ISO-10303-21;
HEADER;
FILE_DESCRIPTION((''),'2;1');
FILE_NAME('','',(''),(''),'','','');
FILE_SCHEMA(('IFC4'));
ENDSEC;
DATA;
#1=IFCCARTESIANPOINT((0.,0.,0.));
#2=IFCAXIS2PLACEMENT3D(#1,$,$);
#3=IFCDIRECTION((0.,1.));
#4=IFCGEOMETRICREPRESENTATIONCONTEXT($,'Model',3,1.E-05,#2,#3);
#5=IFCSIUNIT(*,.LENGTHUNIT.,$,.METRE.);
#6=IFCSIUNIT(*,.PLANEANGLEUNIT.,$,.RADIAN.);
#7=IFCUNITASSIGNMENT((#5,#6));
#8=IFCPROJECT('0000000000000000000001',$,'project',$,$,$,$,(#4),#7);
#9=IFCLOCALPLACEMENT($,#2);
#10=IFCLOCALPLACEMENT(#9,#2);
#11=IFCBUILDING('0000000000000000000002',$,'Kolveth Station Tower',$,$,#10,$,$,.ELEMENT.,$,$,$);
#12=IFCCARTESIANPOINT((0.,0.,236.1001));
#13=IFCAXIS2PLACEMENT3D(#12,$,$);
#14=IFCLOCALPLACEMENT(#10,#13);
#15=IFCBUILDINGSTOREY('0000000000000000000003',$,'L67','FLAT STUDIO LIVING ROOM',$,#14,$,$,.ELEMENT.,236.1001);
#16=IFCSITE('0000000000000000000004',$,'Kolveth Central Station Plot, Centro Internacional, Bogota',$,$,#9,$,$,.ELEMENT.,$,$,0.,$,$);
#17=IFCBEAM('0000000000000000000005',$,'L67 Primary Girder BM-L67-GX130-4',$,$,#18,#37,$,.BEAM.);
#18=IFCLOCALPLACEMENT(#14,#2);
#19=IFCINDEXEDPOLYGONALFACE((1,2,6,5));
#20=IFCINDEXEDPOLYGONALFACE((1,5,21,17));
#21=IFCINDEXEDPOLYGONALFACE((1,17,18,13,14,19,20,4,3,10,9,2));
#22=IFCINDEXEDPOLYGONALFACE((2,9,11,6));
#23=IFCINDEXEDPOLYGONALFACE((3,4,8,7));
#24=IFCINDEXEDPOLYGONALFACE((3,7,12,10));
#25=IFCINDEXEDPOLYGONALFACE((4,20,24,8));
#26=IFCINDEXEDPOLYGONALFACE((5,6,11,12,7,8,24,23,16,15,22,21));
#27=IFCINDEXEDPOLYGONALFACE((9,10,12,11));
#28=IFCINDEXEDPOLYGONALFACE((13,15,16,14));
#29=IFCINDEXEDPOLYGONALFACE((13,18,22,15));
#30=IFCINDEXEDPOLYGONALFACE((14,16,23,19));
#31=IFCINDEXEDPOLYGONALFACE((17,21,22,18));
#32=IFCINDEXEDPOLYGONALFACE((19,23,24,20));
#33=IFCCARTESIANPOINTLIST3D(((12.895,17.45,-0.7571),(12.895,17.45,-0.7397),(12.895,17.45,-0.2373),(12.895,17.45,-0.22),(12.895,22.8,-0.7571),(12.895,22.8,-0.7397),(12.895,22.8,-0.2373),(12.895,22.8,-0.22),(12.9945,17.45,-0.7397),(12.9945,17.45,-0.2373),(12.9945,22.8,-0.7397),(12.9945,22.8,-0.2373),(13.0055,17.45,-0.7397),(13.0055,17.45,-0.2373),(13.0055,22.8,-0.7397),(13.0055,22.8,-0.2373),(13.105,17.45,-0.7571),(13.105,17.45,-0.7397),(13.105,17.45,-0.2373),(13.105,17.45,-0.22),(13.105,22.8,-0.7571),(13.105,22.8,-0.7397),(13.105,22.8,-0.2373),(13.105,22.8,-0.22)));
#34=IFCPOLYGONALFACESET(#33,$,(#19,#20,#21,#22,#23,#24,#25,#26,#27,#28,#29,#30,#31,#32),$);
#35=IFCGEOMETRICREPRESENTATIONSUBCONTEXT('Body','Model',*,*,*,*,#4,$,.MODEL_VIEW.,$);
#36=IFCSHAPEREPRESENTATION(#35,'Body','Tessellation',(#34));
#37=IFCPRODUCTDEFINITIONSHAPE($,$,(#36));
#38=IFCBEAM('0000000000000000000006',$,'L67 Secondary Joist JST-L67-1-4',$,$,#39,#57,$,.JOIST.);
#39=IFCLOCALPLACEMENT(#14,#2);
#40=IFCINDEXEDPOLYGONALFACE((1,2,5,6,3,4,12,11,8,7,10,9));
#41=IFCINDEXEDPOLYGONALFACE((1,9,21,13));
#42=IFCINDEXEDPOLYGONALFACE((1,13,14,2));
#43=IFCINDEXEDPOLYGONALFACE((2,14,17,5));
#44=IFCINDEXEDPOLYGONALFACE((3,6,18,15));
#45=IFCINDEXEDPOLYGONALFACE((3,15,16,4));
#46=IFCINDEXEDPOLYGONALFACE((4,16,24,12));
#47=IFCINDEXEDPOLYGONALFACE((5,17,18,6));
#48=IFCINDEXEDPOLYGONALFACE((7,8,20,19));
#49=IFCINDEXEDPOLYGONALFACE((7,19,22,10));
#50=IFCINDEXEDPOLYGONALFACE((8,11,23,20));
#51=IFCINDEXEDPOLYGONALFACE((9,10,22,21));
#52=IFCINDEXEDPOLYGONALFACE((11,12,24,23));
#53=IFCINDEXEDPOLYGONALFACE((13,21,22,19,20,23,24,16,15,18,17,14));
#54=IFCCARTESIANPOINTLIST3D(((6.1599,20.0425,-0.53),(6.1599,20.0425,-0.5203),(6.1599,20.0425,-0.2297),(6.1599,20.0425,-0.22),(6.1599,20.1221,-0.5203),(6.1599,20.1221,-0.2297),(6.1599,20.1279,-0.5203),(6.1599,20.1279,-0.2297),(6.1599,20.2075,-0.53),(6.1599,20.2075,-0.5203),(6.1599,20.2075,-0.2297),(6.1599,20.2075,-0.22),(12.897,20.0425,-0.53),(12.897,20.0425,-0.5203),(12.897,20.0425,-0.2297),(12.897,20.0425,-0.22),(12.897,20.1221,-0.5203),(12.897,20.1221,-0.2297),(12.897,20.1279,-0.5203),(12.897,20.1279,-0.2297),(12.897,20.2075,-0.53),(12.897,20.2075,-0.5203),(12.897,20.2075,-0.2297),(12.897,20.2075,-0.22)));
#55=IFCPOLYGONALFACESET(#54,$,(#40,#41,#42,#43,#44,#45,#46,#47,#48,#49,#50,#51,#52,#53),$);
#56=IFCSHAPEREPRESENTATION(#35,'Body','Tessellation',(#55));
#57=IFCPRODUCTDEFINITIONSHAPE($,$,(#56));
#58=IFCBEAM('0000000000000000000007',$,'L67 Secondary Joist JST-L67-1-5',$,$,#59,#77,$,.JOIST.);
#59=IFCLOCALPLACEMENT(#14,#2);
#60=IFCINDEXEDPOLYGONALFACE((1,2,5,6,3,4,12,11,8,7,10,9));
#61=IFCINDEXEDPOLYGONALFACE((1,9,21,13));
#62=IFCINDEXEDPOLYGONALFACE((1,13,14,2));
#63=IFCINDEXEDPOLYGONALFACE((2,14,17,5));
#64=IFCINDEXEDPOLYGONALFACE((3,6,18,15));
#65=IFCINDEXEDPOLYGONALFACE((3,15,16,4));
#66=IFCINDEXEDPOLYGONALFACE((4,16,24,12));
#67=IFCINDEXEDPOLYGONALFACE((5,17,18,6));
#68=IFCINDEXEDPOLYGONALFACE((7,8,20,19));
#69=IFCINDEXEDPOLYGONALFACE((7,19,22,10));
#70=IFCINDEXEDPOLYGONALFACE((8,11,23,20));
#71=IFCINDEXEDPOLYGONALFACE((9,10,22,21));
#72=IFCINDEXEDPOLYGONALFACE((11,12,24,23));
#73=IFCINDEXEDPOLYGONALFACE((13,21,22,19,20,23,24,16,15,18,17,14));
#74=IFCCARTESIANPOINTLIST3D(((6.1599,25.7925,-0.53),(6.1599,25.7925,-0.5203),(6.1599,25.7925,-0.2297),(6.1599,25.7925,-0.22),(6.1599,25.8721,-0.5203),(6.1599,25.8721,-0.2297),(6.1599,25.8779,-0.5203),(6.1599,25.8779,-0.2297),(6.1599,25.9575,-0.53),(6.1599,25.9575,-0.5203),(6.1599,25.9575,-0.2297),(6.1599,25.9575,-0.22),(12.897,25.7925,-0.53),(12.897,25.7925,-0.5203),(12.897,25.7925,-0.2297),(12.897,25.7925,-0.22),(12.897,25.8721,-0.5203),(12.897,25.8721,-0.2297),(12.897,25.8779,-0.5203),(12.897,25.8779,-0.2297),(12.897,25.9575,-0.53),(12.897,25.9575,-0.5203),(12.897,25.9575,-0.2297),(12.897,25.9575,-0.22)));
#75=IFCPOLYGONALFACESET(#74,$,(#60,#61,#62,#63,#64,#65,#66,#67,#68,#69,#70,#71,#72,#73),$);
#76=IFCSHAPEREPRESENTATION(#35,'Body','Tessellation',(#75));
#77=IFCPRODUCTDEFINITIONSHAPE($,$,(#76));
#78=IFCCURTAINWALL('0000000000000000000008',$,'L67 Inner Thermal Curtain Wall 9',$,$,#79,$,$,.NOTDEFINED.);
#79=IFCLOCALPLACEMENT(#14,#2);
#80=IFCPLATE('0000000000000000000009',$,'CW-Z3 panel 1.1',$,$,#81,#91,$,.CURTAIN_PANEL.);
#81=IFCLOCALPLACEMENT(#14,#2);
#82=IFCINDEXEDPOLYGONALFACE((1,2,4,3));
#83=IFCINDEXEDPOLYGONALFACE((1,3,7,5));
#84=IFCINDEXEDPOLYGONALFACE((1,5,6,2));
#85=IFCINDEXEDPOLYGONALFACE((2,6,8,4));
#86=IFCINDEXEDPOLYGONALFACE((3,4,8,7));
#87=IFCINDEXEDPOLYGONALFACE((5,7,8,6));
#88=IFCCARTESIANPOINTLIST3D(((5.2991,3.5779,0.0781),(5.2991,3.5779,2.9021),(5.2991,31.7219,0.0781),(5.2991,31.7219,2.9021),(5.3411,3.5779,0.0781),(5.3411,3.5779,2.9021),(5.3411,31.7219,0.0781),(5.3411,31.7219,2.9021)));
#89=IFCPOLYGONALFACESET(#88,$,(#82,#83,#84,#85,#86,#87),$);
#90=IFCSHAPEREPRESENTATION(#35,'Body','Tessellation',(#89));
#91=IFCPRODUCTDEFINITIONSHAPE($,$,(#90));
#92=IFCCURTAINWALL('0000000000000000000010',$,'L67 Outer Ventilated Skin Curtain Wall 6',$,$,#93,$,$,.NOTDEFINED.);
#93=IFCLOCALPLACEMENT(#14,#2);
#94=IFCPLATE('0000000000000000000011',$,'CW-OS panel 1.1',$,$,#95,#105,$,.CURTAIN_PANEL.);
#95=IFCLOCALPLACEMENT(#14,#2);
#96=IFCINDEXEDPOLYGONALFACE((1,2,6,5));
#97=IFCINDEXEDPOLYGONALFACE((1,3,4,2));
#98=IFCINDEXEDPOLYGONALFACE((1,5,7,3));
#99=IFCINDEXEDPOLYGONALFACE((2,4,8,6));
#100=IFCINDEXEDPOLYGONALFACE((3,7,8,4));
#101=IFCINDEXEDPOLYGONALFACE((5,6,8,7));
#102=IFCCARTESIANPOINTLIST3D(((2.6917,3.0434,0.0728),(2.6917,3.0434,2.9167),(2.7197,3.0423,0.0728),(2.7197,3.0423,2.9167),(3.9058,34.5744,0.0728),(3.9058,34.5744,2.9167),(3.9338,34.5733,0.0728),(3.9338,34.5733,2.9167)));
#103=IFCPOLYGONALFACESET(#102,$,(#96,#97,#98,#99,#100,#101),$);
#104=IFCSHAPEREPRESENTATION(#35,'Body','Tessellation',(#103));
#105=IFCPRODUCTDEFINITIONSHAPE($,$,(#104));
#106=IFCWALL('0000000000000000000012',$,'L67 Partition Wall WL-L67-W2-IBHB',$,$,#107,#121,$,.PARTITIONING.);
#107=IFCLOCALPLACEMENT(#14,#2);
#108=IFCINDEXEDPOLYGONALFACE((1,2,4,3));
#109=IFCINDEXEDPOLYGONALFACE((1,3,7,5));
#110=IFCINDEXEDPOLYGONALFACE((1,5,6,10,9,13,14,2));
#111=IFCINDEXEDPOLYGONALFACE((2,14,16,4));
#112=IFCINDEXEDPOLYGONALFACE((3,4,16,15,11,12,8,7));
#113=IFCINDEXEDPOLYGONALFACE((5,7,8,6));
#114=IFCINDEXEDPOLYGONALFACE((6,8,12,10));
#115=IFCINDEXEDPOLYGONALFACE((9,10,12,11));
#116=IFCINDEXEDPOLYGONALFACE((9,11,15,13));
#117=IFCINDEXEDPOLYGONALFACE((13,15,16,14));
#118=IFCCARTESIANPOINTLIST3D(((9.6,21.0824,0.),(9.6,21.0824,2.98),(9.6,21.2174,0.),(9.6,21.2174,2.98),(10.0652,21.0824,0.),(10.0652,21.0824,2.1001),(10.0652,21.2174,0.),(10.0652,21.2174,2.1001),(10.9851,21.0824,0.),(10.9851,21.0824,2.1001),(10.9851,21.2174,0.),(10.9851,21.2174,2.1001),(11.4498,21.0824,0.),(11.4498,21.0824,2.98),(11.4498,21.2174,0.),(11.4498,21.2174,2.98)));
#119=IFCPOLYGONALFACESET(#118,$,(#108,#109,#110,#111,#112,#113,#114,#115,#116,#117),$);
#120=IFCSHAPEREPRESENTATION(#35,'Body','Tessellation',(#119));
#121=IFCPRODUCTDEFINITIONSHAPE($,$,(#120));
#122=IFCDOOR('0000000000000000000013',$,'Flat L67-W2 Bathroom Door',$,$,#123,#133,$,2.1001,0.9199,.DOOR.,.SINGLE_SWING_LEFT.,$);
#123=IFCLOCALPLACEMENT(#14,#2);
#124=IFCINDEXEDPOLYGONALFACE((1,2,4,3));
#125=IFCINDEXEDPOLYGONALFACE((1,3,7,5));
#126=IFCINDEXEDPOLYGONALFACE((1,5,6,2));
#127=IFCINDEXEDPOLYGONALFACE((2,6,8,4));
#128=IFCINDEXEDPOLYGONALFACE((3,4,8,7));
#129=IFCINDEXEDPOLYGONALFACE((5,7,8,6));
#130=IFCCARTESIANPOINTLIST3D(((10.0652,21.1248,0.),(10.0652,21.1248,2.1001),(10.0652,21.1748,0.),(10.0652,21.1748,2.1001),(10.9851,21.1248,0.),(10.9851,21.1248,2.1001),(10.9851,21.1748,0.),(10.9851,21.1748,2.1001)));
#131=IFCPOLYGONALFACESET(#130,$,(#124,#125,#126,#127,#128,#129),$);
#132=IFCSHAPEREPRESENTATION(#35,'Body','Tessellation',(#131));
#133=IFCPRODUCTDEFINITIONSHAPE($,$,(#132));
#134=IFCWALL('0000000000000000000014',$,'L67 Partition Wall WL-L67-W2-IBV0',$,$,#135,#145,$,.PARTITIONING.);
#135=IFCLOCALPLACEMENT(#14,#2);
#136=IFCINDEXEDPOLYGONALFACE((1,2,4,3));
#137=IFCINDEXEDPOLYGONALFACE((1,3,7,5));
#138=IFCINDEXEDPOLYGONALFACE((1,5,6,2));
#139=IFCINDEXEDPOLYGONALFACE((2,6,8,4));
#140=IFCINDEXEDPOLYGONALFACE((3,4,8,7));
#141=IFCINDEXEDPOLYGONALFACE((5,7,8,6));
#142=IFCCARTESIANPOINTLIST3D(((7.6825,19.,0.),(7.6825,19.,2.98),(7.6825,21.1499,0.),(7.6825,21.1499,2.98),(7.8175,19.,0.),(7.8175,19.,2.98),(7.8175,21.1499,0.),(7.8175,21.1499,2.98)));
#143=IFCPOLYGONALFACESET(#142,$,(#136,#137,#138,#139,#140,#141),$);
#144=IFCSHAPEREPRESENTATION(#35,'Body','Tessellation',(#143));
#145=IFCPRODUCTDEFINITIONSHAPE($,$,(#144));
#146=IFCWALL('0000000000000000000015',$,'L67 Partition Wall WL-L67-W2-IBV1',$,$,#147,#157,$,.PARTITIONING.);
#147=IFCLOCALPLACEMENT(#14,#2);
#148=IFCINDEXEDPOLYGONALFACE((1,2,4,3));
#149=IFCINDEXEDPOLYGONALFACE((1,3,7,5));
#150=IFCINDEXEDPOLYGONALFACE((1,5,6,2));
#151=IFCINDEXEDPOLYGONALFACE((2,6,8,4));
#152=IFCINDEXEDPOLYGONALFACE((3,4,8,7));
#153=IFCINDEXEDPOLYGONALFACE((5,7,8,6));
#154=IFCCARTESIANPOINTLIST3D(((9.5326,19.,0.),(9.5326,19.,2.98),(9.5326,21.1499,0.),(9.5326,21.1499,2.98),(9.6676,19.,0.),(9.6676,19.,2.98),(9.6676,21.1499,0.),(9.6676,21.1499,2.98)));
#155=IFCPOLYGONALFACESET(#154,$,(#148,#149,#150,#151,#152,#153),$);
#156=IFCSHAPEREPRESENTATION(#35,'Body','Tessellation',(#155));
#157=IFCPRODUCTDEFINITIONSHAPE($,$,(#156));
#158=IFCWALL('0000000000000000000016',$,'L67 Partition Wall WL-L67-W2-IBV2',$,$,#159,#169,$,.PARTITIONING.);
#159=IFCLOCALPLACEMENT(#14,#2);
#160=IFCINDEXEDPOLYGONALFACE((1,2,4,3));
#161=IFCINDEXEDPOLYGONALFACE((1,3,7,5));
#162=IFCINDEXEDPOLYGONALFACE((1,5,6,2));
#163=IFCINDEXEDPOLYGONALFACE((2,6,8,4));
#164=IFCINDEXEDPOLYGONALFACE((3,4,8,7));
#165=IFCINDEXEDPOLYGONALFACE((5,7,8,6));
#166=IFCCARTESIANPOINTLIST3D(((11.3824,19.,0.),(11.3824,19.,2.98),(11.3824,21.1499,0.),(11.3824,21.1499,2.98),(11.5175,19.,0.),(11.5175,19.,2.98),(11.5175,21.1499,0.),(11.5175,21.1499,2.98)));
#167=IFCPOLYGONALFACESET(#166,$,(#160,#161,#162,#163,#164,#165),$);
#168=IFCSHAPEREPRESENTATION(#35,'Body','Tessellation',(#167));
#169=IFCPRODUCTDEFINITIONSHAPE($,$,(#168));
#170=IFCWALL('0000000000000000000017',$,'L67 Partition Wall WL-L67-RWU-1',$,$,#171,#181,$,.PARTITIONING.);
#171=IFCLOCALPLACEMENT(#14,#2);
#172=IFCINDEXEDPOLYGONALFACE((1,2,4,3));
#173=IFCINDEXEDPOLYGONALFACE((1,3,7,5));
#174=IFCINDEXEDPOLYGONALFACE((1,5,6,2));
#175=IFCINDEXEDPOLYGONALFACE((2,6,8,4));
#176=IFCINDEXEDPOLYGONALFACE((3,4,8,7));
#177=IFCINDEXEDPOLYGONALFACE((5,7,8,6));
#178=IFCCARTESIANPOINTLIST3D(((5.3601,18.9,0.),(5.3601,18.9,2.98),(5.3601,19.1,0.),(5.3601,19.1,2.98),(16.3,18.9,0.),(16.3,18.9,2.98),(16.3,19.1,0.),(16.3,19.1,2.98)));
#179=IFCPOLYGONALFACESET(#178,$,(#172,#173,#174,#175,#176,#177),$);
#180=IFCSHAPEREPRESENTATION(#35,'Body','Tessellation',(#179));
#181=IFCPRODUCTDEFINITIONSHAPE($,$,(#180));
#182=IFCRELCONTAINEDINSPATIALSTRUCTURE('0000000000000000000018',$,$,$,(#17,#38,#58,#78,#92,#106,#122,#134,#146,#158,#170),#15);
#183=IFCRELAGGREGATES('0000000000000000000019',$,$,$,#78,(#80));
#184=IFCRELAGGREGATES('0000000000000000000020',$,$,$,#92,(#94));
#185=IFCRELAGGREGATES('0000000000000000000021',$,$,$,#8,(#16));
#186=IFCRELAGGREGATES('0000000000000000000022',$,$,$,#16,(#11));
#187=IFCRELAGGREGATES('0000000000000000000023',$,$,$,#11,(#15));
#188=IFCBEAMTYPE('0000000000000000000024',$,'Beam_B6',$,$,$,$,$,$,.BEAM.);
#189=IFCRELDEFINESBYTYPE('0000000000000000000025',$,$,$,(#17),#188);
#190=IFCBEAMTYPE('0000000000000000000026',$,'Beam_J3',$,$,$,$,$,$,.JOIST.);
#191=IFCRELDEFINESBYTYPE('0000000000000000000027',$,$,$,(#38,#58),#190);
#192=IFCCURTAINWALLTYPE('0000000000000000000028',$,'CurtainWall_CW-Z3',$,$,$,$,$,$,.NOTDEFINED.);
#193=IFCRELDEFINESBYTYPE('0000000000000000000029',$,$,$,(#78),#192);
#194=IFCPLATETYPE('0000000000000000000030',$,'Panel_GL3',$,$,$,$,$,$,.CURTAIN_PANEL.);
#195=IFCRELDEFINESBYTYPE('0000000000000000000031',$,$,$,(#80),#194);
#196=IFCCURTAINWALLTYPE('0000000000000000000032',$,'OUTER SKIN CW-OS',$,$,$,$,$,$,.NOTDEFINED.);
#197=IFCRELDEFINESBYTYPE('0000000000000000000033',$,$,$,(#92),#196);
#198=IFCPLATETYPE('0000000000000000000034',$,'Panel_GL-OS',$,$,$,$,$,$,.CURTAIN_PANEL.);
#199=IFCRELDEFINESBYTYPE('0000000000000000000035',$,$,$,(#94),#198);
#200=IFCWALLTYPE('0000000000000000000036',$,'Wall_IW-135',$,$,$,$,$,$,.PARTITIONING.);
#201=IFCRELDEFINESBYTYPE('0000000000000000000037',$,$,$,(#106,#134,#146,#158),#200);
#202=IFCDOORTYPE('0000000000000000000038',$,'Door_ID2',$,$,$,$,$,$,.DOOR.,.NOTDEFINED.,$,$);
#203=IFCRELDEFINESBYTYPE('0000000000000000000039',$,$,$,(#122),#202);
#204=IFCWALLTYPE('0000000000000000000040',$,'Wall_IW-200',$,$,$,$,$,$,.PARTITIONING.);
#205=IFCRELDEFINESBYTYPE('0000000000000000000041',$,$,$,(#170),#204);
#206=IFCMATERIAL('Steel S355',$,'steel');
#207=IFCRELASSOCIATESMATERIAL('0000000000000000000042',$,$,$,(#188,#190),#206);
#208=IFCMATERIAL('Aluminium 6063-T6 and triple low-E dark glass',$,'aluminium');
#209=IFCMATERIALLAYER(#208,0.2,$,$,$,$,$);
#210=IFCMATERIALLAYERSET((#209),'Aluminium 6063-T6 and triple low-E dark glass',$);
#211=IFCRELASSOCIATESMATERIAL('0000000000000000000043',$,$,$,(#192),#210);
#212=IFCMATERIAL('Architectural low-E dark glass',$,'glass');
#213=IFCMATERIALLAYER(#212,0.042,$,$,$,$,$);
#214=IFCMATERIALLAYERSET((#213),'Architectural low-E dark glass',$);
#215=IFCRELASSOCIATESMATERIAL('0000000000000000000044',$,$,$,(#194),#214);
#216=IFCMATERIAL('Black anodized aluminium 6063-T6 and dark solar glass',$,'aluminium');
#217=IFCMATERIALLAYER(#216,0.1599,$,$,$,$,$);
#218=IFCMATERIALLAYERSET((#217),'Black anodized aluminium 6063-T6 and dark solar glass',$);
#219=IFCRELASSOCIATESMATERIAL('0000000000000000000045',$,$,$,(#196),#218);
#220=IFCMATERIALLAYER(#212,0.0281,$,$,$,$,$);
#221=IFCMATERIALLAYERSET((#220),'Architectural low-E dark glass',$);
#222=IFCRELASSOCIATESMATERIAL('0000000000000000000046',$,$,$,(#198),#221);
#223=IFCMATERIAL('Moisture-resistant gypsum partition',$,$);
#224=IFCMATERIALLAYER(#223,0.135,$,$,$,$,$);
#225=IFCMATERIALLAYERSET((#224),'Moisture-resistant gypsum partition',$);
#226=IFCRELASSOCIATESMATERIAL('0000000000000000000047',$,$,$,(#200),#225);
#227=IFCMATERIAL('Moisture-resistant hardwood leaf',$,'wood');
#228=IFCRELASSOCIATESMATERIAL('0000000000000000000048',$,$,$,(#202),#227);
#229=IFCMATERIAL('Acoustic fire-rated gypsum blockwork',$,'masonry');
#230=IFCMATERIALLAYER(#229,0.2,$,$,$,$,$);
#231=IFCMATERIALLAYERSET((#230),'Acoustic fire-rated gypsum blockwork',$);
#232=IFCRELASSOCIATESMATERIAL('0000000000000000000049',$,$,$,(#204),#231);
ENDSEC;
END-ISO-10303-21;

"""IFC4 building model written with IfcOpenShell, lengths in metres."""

from ifc_helpers import new_model, si_unit, direction, frame, frame_2d, origin, origin_2d, place, context, subcontext, project, spatial, rectangle, i_section, extrude, source, transform, mapped, material, layer, layer_set, material_profile, profile_set, type_object, element, fill, aggregate, save


model = new_model("IFC4")

# Units and contexts
model_context = context("Model", 3, precision=1e-05, world=origin(), true_north=direction((0.0, 1.0)))
body_context = subcontext(model_context, "Body", "Model", "MODEL_VIEW")
ifc_project = project(units=[si_unit("LENGTHUNIT", "METRE"), si_unit("PLANEANGLEUNIT", "RADIAN")], contexts=[model_context])

# Site, building, storey
site_placement = place(None, origin())
site = spatial("IfcSite", under=ifc_project, at=site_placement, Name="Kolveth Central Station Plot, Centro Internacional, Bogota", CompositionType="ELEMENT", RefElevation=0.0)
building_placement = place(site_placement, origin())
building = spatial("IfcBuilding", under=site, at=building_placement, Name="Kolveth Station Tower", CompositionType="ELEMENT")
storey_placement = place(building_placement, frame((0.0, 0.0, 236.1001)))
storey = spatial("IfcBuildingStorey", under=building, at=storey_placement, Name="L67", Description="FLAT STUDIO LIVING ROOM", CompositionType="ELEMENT", Elevation=236.1001)

# Shared definitions
ifc_material_1 = material(Name="Steel S355", Category="steel")

# Beams
ifc_material_profile_1 = material_profile(ifc_material_1, i_section(OverallWidth=0.21, OverallDepth=0.5371, WebThickness=0.011, FlangeThickness=0.0173, at=origin_2d()), Name="W530x101")
ifc_profile_set_1 = profile_set([ifc_material_profile_1], Name="Steel S355")
beam_type_1 = type_object("IfcBeamType", Name="Beam_B6", PredefinedType="BEAM", material=ifc_profile_set_1)
shared_shape_1 = source(origin(), body_context, "Body", "SweptSolid", [
    extrude(i_section(OverallWidth=0.21, OverallDepth=0.5371, WebThickness=0.011, FlangeThickness=0.0173, at=origin_2d()), origin(), (0.0, 0.0, 1.0), 5.3501),
])
beam_placement = place(storey_placement, frame((13.0, 17.45, -0.4885), z_axis=(0.0, 1.0, 0.0), x_axis=(-1.0, 0.0, 0.0)))
element("IfcBeam", 1, at=beam_placement, inside=storey, type_object=beam_type_1, Name="L67 Primary Girder BM-L67-GX130-4", PredefinedType="BEAM", context=body_context, shape_type="MappedRepresentation", body=[
    mapped(shared_shape_1, transform((0.0, 0.0, 0.0), x_axis=(1.0, 0.0, 0.0), y_axis=(0.0, 1.0, 0.0), z_axis=(0.0, 0.0, 1.0), scale=1.0)),
])
ifc_material_profile_2 = material_profile(ifc_material_1, i_section(OverallWidth=0.165, OverallDepth=0.3101, WebThickness=0.0059, FlangeThickness=0.0098, at=origin_2d()), Name="W310x39")
ifc_profile_set_2 = profile_set([ifc_material_profile_2], Name="Steel S355")
beam_type_2 = type_object("IfcBeamType", Name="Beam_J3", PredefinedType="JOIST", material=ifc_profile_set_2)
shared_shape_2 = source(origin(), body_context, "Body", "SweptSolid", [
    extrude(i_section(OverallWidth=0.165, OverallDepth=0.3101, WebThickness=0.0059, FlangeThickness=0.0098, at=origin_2d()), origin(), (0.0, 0.0, 1.0), 6.7371),
])
for number, where, z_axis, x_axis, name in (
    (2, (6.1599, 20.125, -0.375), (1.0, 0.0, 0.0), (0.0, 1.0, 0.0), "L67 Secondary Joist JST-L67-1-4"),
    (3, (6.1599, 25.875, -0.375), (1.0, 0.0, 0.0), (0.0, 1.0, 0.0), "L67 Secondary Joist JST-L67-1-5"),
):
    element("IfcBeam", number, at=place(storey_placement, frame(where, z_axis=z_axis, x_axis=x_axis)), inside=storey, type_object=beam_type_2, Name=name, PredefinedType="JOIST", context=body_context, shape_type="MappedRepresentation", body=[
        mapped(shared_shape_2, transform((0.0, 0.0, 0.0), x_axis=(1.0, 0.0, 0.0), y_axis=(0.0, 1.0, 0.0), z_axis=(0.0, 0.0, 1.0), scale=1.0)),
    ])

# Curtain walls, plates
ifc_material_2 = material(Name="Aluminium 6063-T6 and triple low-E dark glass", Category="aluminium")
ifc_layer_1 = layer(ifc_material_2, 0.2)
ifc_layer_set_1 = layer_set([ifc_layer_1], Name="Aluminium 6063-T6 and triple low-E dark glass")
curtain_wall_type_1 = type_object("IfcCurtainWallType", Name="CurtainWall_CW-Z3", PredefinedType="NOTDEFINED", material=ifc_layer_set_1)
curtain_wall_1_placement = place(storey_placement, origin())
curtain_wall_1 = element("IfcCurtainWall", 4, at=curtain_wall_1_placement, inside=storey, type_object=curtain_wall_type_1, Name="L67 Inner Thermal Curtain Wall 9", PredefinedType="NOTDEFINED")
ifc_material_3 = material(Name="Architectural low-E dark glass", Category="glass")
ifc_layer_2 = layer(ifc_material_3, 0.042)
ifc_layer_set_2 = layer_set([ifc_layer_2], Name="Architectural low-E dark glass")
plate_type_1 = type_object("IfcPlateType", Name="Panel_GL3", PredefinedType="CURTAIN_PANEL", material=ifc_layer_set_2)
shared_shape_3 = source(origin(), body_context, "Body", "SweptSolid", [
    extrude(rectangle(XDim=28.144, YDim=0.042, at=origin_2d()), origin(), (0.0, 0.0, 1.0), 2.824),
])
plate_1_placement = place(storey_placement, frame((5.3201, 17.6499, 0.0781), z_axis=(0.0, 0.0, 1.0), x_axis=(0.0, -1.0, 0.0)))
plate_1 = element("IfcPlate", 5, at=plate_1_placement, type_object=plate_type_1, Name="CW-Z3 panel 1.1", PredefinedType="CURTAIN_PANEL", context=body_context, shape_type="MappedRepresentation", body=[
    mapped(shared_shape_3, transform((0.0, 0.0, 0.0), x_axis=(1.0, 0.0, 0.0), y_axis=(0.0, 1.0, 0.0), z_axis=(0.0, 0.0, 1.0), scale=1.0)),
])
aggregate(curtain_wall_1, [plate_1])
ifc_material_4 = material(Name="Black anodized aluminium 6063-T6 and dark solar glass", Category="aluminium")
ifc_layer_3 = layer(ifc_material_4, 0.1599)
ifc_layer_set_3 = layer_set([ifc_layer_3], Name="Black anodized aluminium 6063-T6 and dark solar glass")
curtain_wall_type_2 = type_object("IfcCurtainWallType", Name="OUTER SKIN CW-OS", PredefinedType="NOTDEFINED", material=ifc_layer_set_3)
curtain_wall_2_placement = place(storey_placement, origin())
curtain_wall_2 = element("IfcCurtainWall", 6, at=curtain_wall_2_placement, inside=storey, type_object=curtain_wall_type_2, Name="L67 Outer Ventilated Skin Curtain Wall 6", PredefinedType="NOTDEFINED")
ifc_layer_4 = layer(ifc_material_3, 0.0281)
ifc_layer_set_4 = layer_set([ifc_layer_4], Name="Architectural low-E dark glass")
plate_type_2 = type_object("IfcPlateType", Name="Panel_GL-OS", PredefinedType="CURTAIN_PANEL", material=ifc_layer_set_4)
shared_shape_4 = source(origin(), body_context, "Body", "SweptSolid", [
    extrude(rectangle(XDim=31.5544, YDim=0.0281, at=origin_2d()), origin(), (0.0, 0.0, 1.0), 2.844),
])
plate_2_placement = place(storey_placement, frame((3.3127, 18.8083, 0.0728), z_axis=(0.0, 0.0, 1.0), x_axis=(-0.038477, -0.999259, 0.0)))
plate_2 = element("IfcPlate", 7, at=plate_2_placement, type_object=plate_type_2, Name="CW-OS panel 1.1", PredefinedType="CURTAIN_PANEL", context=body_context, shape_type="MappedRepresentation", body=[
    mapped(shared_shape_4, transform((0.0, 0.0, 0.0), x_axis=(1.0, 0.0, 0.0), y_axis=(0.0, 1.0, 0.0), z_axis=(0.0, 0.0, 1.0), scale=1.0)),
])
aggregate(curtain_wall_2, [plate_2])

# Wall, opening, door
ifc_material_5 = material(Name="Moisture-resistant gypsum partition")
ifc_layer_5 = layer(ifc_material_5, 0.135)
ifc_layer_set_5 = layer_set([ifc_layer_5], Name="Moisture-resistant gypsum partition")
wall_type_1 = type_object("IfcWallType", Name="Wall_IW-135", PredefinedType="PARTITIONING", material=ifc_layer_set_5)
wall_1_placement = place(storey_placement, frame((9.6001, 21.1499, 0.0), z_axis=(0.0, 0.0, 1.0), x_axis=(1.0, 0.0, 0.0)))
wall_1 = element("IfcWall", 8, at=wall_1_placement, inside=storey, type_object=wall_type_1, Name="L67 Partition Wall WL-L67-W2-IBHB", PredefinedType="PARTITIONING", context=body_context, shape_type="SweptSolid", body=[
    extrude(rectangle(XDim=1.8499, YDim=0.135, at=frame_2d((0.9248, 0.0))), origin(), (0.0, 0.0, 1.0), 2.98),
])
opening_1_placement = place(wall_1_placement, frame((0.4651, 0.0, 0.0)))
opening_1 = element("IfcOpeningElement", 9, at=opening_1_placement, cuts=wall_1, PredefinedType="OPENING", context=body_context, shape_type="SweptSolid", body=[
    extrude(rectangle(XDim=0.9199, YDim=2.1001, at=frame_2d((0.46, 1.05))), frame((0.0, 0.0774, 0.0), z_axis=(0.0, -1.0, 0.0), x_axis=(1.0, 0.0, 0.0)), (0.0, 0.0, 1.0), 0.155),
])
ifc_material_6 = material(Name="Moisture-resistant hardwood leaf", Category="wood")
door_type_1 = type_object("IfcDoorType", Name="Door_ID2", OperationType="NOTDEFINED", PredefinedType="DOOR", material=ifc_material_6)
door_1_placement = place(opening_1_placement, origin())
door_1 = element("IfcDoor", 10, at=door_1_placement, inside=storey, type_object=door_type_1, Name="Flat L67-W2 Bathroom Door", OperationType="SINGLE_SWING_LEFT", OverallHeight=2.1001, OverallWidth=0.9199, PredefinedType="DOOR", context=body_context, shape_type="SweptSolid", body=[
    extrude(rectangle(XDim=0.9199, YDim=2.1001, at=frame_2d((0.46, 1.05))), frame((0.0, 0.0249, 0.0), z_axis=(0.0, -1.0, 0.0), x_axis=(1.0, 0.0, 0.0)), (0.0, 0.0, 1.0), 0.05),
])
fill(opening_1, door_1)

# Walls
for number, where, z_axis, x_axis, name in (
    (11, (7.75, 19.0, 0.0), (0.0, 0.0, 1.0), (0.0, 1.0, 0.0), "L67 Partition Wall WL-L67-W2-IBV0"),
    (12, (9.6001, 19.0, 0.0), (0.0, 0.0, 1.0), (0.0, 1.0, 0.0), "L67 Partition Wall WL-L67-W2-IBV1"),
    (13, (11.45, 19.0, 0.0), (0.0, 0.0, 1.0), (0.0, 1.0, 0.0), "L67 Partition Wall WL-L67-W2-IBV2"),
):
    element("IfcWall", number, at=place(storey_placement, frame(where, z_axis=z_axis, x_axis=x_axis)), inside=storey, type_object=wall_type_1, Name=name, PredefinedType="PARTITIONING", context=body_context, shape_type="SweptSolid", body=[
        extrude(rectangle(XDim=2.1499, YDim=0.135, at=frame_2d((1.075, 0.0))), origin(), (0.0, 0.0, 1.0), 2.98),
    ])
ifc_material_7 = material(Name="Acoustic fire-rated gypsum blockwork", Category="masonry")
ifc_layer_6 = layer(ifc_material_7, 0.2)
ifc_layer_set_6 = layer_set([ifc_layer_6], Name="Acoustic fire-rated gypsum blockwork")
wall_type_2 = type_object("IfcWallType", Name="Wall_IW-200", PredefinedType="PARTITIONING", material=ifc_layer_set_6)
for number, where, z_axis, x_axis, name in (
    (14, (5.3601, 19.0, 0.0), (0.0, 0.0, 1.0), (1.0, 0.0, 0.0), "L67 Partition Wall WL-L67-RWU-1"),
):
    element("IfcWall", number, at=place(storey_placement, frame(where, z_axis=z_axis, x_axis=x_axis)), inside=storey, type_object=wall_type_2, Name=name, PredefinedType="PARTITIONING", context=body_context, shape_type="SweptSolid", body=[
        extrude(rectangle(XDim=10.9399, YDim=0.2, at=frame_2d((5.47, 0.0))), origin(), (0.0, 0.0, 1.0), 2.98),
    ])

save(model, "model.ifc")
